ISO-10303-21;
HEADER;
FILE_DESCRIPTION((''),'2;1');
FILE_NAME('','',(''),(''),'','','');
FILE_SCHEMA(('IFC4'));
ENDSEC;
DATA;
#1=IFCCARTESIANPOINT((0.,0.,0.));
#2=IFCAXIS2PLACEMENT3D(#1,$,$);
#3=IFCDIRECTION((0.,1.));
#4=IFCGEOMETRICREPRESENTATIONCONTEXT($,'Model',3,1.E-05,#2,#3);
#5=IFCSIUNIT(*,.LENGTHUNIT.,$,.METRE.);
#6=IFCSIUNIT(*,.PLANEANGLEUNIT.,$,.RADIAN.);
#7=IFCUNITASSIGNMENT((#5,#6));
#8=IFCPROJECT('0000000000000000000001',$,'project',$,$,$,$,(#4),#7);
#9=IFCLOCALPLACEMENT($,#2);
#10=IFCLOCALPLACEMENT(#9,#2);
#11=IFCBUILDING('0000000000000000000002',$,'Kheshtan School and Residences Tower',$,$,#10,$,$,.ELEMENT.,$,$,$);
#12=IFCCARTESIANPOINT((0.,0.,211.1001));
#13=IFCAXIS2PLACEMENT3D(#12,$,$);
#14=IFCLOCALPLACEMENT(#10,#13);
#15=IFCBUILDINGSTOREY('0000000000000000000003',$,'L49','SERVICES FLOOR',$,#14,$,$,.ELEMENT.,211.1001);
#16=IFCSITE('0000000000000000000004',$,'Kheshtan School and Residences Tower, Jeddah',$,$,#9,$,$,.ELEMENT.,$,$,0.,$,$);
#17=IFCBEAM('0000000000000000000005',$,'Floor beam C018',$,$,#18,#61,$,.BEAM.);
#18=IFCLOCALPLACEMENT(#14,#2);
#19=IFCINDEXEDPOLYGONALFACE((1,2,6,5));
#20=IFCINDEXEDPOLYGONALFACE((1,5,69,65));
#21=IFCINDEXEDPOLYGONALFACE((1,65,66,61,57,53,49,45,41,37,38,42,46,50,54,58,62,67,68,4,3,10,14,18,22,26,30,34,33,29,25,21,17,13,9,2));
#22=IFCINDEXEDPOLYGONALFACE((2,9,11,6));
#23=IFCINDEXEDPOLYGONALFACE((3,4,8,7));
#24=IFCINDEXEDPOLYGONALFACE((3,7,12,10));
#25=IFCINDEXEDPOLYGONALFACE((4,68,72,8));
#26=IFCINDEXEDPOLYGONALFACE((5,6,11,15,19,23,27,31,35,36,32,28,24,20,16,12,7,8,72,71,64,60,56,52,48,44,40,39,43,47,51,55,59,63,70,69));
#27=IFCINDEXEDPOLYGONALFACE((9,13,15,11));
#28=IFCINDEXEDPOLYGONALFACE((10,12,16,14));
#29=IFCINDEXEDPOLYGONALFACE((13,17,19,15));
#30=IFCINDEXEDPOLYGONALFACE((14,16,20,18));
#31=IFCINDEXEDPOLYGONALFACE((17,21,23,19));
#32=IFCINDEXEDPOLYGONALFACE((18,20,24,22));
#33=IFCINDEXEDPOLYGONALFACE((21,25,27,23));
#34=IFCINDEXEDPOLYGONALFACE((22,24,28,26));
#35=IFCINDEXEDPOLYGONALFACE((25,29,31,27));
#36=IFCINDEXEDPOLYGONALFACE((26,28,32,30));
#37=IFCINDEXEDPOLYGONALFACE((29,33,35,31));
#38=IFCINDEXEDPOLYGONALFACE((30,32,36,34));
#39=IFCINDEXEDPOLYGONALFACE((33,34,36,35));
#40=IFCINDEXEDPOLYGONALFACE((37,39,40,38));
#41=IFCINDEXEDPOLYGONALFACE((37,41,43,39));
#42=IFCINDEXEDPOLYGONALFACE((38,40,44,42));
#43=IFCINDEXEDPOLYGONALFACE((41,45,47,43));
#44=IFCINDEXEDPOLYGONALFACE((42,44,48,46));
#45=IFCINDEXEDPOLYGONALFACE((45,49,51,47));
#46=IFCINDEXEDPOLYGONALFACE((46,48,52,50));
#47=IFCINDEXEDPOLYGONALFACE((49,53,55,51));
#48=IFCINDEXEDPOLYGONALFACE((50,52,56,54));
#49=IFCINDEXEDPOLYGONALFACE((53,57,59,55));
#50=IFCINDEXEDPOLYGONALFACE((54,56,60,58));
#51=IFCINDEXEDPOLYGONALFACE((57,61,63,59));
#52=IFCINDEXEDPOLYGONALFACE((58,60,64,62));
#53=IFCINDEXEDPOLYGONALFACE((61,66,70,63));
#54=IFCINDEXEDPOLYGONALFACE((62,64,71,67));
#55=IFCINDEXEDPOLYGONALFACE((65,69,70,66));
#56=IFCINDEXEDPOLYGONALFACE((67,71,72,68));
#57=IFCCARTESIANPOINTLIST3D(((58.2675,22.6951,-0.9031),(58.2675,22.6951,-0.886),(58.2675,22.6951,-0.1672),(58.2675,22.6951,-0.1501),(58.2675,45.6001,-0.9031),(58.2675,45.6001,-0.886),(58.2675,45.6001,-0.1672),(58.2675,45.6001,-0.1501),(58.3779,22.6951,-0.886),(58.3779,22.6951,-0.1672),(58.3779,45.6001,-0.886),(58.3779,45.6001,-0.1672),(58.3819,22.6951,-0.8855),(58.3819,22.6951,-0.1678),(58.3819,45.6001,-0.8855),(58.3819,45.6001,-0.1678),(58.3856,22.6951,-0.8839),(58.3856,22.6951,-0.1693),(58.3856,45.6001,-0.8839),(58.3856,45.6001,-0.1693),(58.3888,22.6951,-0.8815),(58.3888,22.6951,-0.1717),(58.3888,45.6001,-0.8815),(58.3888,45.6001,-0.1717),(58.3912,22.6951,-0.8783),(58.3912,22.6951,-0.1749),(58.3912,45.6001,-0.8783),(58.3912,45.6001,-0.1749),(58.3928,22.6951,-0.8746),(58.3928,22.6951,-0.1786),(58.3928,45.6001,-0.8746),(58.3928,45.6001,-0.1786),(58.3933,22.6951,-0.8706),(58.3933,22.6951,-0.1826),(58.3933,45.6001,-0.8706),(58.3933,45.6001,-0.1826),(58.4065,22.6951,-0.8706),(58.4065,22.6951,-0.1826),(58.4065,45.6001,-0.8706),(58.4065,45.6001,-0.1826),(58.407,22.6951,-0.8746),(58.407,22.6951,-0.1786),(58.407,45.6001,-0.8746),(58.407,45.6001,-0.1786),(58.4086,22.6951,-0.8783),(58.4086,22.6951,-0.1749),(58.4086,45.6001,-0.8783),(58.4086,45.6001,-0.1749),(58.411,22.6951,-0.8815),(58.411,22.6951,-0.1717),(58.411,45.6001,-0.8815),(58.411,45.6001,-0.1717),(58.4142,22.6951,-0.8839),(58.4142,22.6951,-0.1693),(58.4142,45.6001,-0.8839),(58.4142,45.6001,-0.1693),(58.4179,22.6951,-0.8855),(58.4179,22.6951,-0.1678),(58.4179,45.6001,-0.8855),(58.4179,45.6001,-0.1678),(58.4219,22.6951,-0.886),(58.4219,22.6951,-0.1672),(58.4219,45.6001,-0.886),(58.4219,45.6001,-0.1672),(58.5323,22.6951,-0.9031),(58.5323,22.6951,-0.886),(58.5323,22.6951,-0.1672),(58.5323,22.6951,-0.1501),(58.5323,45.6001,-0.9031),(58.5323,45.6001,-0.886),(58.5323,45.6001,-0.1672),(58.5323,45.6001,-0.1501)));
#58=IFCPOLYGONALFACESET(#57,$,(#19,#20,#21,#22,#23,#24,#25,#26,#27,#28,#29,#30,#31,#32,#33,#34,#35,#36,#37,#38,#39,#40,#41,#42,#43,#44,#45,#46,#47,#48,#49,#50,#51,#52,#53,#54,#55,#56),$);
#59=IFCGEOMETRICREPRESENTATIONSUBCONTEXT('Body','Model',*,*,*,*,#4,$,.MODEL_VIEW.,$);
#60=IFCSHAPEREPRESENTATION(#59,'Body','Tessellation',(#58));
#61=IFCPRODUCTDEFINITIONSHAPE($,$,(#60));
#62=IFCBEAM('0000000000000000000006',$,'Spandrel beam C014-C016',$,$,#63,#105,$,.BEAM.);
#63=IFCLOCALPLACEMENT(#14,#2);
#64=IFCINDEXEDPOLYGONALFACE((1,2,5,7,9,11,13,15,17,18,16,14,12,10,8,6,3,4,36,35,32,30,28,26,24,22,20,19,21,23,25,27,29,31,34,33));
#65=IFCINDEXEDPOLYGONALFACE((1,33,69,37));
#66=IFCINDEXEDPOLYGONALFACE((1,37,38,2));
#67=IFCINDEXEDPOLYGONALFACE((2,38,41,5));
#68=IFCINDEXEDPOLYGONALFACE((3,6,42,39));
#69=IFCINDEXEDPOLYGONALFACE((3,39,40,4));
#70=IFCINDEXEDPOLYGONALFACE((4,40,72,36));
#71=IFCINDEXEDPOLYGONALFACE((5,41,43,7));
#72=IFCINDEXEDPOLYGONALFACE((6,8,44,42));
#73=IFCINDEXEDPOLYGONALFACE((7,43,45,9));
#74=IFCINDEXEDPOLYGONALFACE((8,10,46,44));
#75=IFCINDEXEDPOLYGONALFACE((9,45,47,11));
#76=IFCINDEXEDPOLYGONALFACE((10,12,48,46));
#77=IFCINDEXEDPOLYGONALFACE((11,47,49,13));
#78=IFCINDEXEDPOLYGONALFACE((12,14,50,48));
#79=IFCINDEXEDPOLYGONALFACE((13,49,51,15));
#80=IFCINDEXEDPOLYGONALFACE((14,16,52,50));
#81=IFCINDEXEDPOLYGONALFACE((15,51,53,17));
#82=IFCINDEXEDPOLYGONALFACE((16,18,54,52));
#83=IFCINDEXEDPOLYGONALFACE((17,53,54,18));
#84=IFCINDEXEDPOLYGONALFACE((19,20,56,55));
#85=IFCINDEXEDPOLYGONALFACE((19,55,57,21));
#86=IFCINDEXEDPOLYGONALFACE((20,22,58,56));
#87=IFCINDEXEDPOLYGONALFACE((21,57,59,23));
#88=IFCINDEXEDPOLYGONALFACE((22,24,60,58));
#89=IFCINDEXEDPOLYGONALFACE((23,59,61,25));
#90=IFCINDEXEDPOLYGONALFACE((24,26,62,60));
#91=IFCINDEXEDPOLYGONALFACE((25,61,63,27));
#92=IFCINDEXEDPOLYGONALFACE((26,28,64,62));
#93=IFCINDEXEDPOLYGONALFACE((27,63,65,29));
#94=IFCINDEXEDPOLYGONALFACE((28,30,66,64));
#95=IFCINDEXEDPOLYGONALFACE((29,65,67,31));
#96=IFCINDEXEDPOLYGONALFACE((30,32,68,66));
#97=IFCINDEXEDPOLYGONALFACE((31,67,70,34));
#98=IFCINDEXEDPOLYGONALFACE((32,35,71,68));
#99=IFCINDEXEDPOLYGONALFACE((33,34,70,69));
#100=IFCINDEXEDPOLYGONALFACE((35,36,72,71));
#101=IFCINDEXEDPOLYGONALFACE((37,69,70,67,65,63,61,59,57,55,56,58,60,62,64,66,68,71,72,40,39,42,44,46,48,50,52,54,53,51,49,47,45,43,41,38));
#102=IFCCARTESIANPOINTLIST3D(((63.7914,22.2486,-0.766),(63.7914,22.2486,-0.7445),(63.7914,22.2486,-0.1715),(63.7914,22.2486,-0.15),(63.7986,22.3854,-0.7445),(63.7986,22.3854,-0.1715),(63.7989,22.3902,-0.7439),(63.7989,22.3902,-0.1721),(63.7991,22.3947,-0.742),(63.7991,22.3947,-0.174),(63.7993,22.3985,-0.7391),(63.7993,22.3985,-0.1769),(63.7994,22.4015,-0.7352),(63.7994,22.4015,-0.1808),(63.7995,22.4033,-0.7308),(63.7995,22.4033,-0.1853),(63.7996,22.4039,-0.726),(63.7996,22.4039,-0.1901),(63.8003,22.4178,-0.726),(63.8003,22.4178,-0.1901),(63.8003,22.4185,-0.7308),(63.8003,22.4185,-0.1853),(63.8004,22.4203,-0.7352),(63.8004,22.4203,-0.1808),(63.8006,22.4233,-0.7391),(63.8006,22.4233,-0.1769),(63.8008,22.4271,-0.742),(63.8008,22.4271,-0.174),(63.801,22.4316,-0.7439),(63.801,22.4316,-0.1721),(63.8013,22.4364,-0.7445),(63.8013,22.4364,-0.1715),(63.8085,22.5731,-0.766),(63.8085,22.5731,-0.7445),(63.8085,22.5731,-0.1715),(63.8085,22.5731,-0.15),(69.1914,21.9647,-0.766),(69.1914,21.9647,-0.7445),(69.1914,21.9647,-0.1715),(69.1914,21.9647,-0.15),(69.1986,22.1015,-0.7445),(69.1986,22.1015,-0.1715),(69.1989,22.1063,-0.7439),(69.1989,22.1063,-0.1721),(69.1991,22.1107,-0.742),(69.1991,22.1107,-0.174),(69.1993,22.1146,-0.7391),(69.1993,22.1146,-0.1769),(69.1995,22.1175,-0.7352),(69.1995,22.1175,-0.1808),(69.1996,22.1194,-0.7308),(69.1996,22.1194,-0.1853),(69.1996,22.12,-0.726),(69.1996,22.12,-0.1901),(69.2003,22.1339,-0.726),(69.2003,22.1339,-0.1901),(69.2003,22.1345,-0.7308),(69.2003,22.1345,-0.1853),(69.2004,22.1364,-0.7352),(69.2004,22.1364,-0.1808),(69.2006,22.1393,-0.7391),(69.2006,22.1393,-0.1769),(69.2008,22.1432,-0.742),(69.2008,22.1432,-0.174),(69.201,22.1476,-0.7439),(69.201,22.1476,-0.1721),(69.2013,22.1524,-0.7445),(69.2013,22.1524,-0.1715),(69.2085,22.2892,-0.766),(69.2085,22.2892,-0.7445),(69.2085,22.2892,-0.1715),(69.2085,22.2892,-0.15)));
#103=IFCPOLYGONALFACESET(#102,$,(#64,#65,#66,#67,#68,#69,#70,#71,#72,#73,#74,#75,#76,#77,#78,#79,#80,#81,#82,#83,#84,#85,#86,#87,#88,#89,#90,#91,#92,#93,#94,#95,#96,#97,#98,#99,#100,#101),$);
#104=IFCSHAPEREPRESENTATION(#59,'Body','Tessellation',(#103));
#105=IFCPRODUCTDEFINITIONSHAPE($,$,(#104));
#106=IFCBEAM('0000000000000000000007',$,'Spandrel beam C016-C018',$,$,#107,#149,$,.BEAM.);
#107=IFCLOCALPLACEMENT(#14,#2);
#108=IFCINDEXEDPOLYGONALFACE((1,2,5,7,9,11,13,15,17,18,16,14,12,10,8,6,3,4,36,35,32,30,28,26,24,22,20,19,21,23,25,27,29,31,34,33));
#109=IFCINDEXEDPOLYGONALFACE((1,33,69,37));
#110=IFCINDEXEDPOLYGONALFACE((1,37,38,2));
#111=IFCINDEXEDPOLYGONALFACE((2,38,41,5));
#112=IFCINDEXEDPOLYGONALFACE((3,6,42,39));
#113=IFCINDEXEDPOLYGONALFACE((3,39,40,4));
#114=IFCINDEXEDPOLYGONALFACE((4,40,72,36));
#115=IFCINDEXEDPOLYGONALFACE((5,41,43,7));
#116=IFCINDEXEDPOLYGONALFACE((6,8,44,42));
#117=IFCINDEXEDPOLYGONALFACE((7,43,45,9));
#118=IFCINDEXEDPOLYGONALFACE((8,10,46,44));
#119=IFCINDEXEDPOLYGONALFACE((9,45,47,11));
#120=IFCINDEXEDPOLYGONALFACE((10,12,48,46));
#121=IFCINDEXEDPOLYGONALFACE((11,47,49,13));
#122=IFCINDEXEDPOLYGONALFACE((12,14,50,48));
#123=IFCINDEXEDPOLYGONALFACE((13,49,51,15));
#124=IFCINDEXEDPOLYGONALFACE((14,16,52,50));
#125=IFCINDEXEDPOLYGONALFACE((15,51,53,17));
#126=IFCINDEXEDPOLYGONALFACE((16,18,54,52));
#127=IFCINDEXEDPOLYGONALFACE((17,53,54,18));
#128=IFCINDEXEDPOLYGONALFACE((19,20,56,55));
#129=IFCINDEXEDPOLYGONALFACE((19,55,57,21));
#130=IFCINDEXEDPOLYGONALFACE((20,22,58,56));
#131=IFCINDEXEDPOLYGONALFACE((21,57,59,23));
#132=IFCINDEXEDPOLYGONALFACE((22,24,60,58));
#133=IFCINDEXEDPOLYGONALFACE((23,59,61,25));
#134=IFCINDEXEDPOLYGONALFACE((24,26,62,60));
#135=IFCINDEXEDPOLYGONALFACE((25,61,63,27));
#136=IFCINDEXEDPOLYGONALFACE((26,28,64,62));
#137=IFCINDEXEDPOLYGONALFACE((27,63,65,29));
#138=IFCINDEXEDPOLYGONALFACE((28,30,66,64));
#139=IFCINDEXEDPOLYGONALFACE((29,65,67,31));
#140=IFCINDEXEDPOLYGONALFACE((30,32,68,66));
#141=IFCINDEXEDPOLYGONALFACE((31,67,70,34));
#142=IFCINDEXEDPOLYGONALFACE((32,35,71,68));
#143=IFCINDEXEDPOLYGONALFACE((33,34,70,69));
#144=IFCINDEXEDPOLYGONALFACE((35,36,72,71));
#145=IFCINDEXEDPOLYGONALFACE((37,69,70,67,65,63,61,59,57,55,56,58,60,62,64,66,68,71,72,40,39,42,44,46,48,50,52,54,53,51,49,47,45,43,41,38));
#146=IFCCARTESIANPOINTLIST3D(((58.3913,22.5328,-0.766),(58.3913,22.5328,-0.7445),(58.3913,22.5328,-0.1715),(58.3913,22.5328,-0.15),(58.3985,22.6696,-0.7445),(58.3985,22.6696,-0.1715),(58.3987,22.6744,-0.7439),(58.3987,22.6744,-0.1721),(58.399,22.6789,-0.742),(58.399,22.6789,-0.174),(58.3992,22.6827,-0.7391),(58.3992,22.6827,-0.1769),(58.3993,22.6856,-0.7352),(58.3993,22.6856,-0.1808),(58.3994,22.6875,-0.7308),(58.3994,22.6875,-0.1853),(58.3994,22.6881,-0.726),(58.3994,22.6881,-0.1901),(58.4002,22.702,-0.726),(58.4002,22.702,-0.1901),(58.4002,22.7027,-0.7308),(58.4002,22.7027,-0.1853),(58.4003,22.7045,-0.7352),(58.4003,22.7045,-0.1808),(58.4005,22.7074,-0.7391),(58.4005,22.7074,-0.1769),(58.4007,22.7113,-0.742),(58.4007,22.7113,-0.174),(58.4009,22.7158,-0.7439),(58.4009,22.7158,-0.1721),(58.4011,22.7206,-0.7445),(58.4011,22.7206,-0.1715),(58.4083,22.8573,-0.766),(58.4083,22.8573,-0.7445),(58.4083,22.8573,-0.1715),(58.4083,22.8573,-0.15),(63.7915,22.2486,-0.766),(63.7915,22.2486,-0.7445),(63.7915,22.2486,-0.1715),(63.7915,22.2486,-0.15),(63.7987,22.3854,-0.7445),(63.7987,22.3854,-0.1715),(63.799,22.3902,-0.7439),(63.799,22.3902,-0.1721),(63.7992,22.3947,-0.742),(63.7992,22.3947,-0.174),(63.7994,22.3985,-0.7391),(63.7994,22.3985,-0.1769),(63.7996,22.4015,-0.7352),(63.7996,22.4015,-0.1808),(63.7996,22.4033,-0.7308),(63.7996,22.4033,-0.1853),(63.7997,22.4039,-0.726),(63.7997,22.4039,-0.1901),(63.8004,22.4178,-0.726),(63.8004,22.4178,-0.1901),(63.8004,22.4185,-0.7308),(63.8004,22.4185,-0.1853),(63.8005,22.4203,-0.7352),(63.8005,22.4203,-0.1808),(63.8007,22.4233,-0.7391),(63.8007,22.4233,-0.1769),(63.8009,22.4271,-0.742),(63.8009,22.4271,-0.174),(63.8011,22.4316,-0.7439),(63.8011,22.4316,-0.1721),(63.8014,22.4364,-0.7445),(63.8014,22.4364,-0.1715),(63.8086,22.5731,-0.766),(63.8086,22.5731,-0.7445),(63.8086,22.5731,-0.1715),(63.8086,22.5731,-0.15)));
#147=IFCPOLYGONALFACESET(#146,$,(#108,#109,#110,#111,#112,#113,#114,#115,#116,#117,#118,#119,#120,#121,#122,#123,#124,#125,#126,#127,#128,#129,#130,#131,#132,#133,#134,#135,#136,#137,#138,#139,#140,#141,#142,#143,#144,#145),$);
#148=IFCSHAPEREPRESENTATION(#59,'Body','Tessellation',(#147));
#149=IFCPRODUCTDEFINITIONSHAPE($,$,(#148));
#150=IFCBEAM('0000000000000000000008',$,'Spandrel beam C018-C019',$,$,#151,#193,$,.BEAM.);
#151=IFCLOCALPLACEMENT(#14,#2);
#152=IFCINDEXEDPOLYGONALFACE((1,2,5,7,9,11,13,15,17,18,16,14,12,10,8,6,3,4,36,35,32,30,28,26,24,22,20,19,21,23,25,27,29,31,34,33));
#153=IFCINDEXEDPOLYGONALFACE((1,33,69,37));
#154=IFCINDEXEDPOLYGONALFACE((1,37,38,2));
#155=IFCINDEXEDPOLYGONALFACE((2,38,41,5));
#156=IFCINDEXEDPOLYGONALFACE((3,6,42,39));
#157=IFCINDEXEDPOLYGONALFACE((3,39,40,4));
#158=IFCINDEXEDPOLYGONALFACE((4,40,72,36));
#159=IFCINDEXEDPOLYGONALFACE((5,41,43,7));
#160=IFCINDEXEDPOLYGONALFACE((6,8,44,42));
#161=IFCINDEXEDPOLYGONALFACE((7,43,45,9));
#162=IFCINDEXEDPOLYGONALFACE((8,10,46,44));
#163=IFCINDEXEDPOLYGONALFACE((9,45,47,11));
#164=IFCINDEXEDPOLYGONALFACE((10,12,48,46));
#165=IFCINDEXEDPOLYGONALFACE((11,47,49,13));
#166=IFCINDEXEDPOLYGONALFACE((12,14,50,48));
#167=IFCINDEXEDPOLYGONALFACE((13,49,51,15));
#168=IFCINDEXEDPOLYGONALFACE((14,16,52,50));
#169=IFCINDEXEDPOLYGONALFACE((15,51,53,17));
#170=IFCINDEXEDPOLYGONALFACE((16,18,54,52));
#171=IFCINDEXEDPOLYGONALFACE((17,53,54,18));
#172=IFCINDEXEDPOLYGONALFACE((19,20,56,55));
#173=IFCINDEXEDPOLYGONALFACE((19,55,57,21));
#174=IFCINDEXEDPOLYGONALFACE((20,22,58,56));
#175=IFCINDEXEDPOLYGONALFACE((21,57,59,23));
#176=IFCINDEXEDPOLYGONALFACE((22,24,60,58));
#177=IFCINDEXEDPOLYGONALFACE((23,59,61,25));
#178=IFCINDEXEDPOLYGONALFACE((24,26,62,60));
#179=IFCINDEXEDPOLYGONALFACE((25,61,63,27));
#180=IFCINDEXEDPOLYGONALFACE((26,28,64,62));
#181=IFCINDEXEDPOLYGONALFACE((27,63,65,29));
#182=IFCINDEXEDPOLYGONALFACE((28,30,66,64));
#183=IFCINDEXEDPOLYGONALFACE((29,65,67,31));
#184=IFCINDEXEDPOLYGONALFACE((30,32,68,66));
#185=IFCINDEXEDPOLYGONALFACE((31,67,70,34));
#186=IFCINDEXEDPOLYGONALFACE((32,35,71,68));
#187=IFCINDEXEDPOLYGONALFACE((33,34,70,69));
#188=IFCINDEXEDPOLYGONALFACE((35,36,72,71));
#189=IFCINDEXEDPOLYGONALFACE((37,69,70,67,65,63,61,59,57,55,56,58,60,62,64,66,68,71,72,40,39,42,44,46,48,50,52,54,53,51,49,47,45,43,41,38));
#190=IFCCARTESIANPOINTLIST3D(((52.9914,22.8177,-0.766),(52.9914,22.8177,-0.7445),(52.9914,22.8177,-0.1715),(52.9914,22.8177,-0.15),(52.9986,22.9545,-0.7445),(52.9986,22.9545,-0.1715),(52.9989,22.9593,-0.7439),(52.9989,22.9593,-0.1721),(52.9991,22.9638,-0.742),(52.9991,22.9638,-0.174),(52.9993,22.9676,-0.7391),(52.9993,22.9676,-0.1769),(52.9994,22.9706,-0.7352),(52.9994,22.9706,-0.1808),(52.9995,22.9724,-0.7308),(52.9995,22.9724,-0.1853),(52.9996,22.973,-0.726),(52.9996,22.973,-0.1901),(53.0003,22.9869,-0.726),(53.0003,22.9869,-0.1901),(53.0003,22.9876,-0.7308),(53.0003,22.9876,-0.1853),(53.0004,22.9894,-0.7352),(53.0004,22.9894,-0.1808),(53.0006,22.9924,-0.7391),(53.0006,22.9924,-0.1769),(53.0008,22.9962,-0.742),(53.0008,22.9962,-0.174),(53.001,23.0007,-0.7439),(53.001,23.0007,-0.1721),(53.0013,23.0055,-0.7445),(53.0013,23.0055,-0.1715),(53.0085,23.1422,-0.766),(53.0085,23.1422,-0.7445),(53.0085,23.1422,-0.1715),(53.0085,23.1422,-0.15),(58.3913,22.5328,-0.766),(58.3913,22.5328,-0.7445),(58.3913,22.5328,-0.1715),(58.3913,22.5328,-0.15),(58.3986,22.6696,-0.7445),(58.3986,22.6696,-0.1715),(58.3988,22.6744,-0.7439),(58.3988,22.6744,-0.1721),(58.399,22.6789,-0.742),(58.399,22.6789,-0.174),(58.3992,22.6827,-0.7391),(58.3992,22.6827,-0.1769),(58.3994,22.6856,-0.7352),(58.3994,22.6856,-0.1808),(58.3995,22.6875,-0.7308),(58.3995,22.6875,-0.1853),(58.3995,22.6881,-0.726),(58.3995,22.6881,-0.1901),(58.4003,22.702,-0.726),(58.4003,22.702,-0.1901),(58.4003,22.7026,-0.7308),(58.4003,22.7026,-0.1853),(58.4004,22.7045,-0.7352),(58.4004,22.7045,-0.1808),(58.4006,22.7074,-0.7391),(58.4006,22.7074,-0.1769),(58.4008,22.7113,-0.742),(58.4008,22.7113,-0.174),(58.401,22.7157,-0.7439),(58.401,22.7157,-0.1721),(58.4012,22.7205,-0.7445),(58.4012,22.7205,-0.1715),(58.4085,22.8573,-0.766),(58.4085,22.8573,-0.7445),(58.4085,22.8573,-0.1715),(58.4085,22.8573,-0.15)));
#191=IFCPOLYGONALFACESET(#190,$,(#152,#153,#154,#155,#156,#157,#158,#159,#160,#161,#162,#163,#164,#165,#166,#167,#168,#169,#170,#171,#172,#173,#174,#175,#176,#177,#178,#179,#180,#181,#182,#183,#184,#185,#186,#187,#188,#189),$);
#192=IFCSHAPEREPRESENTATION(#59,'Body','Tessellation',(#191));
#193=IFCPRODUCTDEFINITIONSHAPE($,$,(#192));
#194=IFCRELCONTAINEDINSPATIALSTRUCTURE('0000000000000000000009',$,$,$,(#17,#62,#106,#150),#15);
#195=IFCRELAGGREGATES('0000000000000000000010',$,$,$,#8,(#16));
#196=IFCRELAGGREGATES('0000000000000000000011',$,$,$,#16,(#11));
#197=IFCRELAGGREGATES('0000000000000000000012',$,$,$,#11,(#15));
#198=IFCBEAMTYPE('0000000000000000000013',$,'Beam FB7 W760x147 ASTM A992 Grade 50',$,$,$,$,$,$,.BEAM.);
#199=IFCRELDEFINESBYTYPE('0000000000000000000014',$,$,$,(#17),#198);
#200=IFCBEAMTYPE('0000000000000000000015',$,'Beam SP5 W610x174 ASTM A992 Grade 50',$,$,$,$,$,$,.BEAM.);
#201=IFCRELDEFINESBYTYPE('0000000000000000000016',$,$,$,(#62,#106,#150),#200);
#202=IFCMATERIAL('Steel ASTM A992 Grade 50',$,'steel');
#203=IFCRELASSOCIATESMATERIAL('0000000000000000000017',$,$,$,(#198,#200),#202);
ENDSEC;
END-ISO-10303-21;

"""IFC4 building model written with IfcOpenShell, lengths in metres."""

from ifc_helpers import new_model, si_unit, direction, frame, origin, origin_2d, place, context, subcontext, project, spatial, i_section, extrude, material, material_profile, profile_set, type_object, element, save


model = new_model("IFC4")

# Units and contexts
model_context = context("Model", 3, precision=1e-05, world=origin(), true_north=direction((0.0, 1.0)))
body_context = subcontext(model_context, "Body", "Model", "MODEL_VIEW")
ifc_project = project(units=[si_unit("LENGTHUNIT", "METRE"), si_unit("PLANEANGLEUNIT", "RADIAN")], contexts=[model_context])

# Site, building, storey
site_placement = place(None, origin())
site = spatial("IfcSite", under=ifc_project, at=site_placement, Name="Kheshtan School and Residences Tower, Jeddah", CompositionType="ELEMENT", RefElevation=0.0)
building_placement = place(site_placement, origin())
building = spatial("IfcBuilding", under=site, at=building_placement, Name="Kheshtan School and Residences Tower", CompositionType="ELEMENT")
storey_placement = place(building_placement, frame((0.0, 0.0, 211.1001)))
storey = spatial("IfcBuildingStorey", under=building, at=storey_placement, Name="L49", Description="SERVICES FLOOR", CompositionType="ELEMENT", Elevation=211.1001)

# Shared definitions
ifc_material_1 = material(Name="Steel ASTM A992 Grade 50", Category="steel")

# Beams
ifc_material_profile_1 = material_profile(ifc_material_1, i_section(OverallWidth=0.2649, OverallDepth=0.7529, WebThickness=0.0132, FlangeThickness=0.0171, FilletRadius=0.0154, at=origin_2d()), Name="W760x147")
ifc_profile_set_1 = profile_set([ifc_material_profile_1], Name="Steel ASTM A992 Grade 50")
beam_type_1 = type_object("IfcBeamType", Name="Beam FB7 W760x147 ASTM A992 Grade 50", PredefinedType="BEAM", material=ifc_profile_set_1)
beam_1_placement = place(storey_placement, frame((58.3999, 22.6951, -0.5266), z_axis=(0.0, 1.0, 0.0), x_axis=(-1.0, 0.0, 0.0)))
element("IfcBeam", 1, at=beam_1_placement, inside=storey, type_object=beam_type_1, Name="Floor beam C018", PredefinedType="BEAM", context=body_context, shape_type="SweptSolid", body=[
    extrude(i_section(OverallWidth=0.2649, OverallDepth=0.7529, WebThickness=0.0132, FlangeThickness=0.0171, FilletRadius=0.0154, at=origin_2d()), origin(), (0.0, 0.0, 1.0), 22.905),
])
ifc_material_profile_2 = material_profile(ifc_material_1, i_section(OverallWidth=0.325, OverallDepth=0.616, WebThickness=0.0139, FlangeThickness=0.0215, FilletRadius=0.0186, at=origin_2d()), Name="W610x174")
ifc_profile_set_2 = profile_set([ifc_material_profile_2], Name="Steel ASTM A992 Grade 50")
beam_type_2 = type_object("IfcBeamType", Name="Beam SP5 W610x174 ASTM A992 Grade 50", PredefinedType="BEAM", material=ifc_profile_set_2)
beam_2_placement = place(storey_placement, frame((69.2, 22.127, -0.458), z_axis=(-0.99862, 0.052509, 0.0), x_axis=(-0.052509, -0.99862, 0.0)))
element("IfcBeam", 2, at=beam_2_placement, inside=storey, type_object=beam_type_2, Name="Spandrel beam C014-C016", PredefinedType="BEAM", context=body_context, shape_type="SweptSolid", body=[
    extrude(i_section(OverallWidth=0.325, OverallDepth=0.616, WebThickness=0.0139, FlangeThickness=0.0215, FilletRadius=0.0186, at=origin_2d()), origin(), (0.0, 0.0, 1.0), 5.4075),
])
beam_3_placement = place(storey_placement, frame((63.8, 22.4109, -0.458), z_axis=(-0.998618, 0.052552, 0.0), x_axis=(-0.052552, -0.998618, 0.0)))
element("IfcBeam", 3, at=beam_3_placement, inside=storey, type_object=beam_type_2, Name="Spandrel beam C016-C018", PredefinedType="BEAM", context=body_context, shape_type="SweptSolid", body=[
    extrude(i_section(OverallWidth=0.325, OverallDepth=0.616, WebThickness=0.0139, FlangeThickness=0.0215, FilletRadius=0.0186, at=origin_2d()), origin(), (0.0, 0.0, 1.0), 5.4077),
])
beam_4_placement = place(storey_placement, frame((58.3999, 22.6951, -0.458), z_axis=(-0.998611, 0.052689, 0.0), x_axis=(-0.052689, -0.998611, 0.0)))
element("IfcBeam", 4, at=beam_4_placement, inside=storey, type_object=beam_type_2, Name="Spandrel beam C018-C019", PredefinedType="BEAM", context=body_context, shape_type="SweptSolid", body=[
    extrude(i_section(OverallWidth=0.325, OverallDepth=0.616, WebThickness=0.0139, FlangeThickness=0.0215, FilletRadius=0.0186, at=origin_2d()), origin(), (0.0, 0.0, 1.0), 5.4075),
])

save(model, "model.ifc")
